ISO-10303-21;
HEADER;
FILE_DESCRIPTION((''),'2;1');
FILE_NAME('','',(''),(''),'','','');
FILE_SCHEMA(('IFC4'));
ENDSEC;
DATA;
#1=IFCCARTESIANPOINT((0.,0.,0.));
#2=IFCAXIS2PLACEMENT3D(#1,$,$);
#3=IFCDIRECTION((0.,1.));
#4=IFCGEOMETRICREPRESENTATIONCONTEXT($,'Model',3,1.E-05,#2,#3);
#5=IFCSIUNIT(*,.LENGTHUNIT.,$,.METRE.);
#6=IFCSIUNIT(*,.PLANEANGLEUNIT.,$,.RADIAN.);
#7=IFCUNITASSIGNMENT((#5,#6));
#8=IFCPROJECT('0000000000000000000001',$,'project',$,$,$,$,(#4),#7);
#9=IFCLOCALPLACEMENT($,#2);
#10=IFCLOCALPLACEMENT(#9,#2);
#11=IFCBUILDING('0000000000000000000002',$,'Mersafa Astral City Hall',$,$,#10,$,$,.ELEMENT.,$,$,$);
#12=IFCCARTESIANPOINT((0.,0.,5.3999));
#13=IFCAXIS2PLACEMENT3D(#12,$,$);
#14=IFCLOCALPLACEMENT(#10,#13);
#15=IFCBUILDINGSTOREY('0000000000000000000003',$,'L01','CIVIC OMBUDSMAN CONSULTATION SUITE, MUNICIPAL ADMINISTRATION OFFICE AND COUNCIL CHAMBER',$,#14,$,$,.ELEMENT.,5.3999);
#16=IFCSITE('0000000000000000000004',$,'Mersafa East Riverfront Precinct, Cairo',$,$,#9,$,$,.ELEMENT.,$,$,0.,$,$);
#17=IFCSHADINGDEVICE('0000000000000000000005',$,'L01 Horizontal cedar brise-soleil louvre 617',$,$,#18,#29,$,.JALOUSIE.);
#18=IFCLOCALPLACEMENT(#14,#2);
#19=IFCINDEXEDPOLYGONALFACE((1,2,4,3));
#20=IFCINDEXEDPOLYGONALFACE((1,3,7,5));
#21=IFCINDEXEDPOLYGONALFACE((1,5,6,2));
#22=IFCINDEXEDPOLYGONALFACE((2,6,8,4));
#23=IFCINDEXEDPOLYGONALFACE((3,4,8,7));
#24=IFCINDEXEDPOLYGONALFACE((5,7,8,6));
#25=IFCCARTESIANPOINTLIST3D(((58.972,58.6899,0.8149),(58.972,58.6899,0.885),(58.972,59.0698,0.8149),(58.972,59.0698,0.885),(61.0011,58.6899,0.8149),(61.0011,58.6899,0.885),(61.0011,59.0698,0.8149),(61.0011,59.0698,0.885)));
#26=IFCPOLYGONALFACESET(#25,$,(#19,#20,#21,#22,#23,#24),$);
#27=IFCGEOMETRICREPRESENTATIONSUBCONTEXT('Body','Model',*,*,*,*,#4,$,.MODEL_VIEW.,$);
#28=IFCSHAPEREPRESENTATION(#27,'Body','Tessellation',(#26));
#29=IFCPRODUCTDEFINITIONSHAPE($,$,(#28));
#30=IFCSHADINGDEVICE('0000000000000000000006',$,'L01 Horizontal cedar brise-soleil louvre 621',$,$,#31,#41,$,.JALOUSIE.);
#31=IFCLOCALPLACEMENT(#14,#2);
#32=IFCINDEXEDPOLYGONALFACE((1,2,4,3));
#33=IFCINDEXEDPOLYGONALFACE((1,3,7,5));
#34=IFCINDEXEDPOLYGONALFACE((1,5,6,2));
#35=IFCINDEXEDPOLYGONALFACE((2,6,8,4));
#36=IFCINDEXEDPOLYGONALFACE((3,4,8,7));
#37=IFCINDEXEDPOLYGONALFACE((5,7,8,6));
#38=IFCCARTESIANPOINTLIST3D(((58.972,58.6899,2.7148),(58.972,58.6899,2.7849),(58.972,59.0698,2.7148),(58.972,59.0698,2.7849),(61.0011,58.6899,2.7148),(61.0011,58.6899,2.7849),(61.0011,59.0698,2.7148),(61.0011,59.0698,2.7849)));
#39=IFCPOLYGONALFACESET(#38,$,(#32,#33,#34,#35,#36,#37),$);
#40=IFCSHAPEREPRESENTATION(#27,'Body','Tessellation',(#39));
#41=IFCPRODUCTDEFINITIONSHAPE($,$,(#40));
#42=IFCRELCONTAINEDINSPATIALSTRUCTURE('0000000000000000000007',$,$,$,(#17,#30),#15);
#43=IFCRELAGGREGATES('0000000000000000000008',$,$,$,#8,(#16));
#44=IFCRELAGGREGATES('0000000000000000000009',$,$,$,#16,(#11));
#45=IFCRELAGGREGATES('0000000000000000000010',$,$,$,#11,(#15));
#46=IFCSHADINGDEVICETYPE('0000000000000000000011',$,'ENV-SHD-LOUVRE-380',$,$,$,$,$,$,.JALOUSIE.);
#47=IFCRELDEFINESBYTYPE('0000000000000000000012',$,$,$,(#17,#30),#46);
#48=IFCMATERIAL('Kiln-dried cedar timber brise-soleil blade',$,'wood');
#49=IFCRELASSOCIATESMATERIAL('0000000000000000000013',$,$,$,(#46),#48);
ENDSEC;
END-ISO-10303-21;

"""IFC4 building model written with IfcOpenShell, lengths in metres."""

from ifc_helpers import new_model, si_unit, direction, frame, origin, origin_2d, place, context, subcontext, project, spatial, rectangle, extrude, material, type_object, element, save


model = new_model("IFC4")

# Units and contexts
model_context = context("Model", 3, precision=1e-05, world=origin(), true_north=direction((0.0, 1.0)))
body_context = subcontext(model_context, "Body", "Model", "MODEL_VIEW")
ifc_project = project(units=[si_unit("LENGTHUNIT", "METRE"), si_unit("PLANEANGLEUNIT", "RADIAN")], contexts=[model_context])

# Site, building, storey
site_placement = place(None, origin())
site = spatial("IfcSite", under=ifc_project, at=site_placement, Name="Mersafa East Riverfront Precinct, Cairo", CompositionType="ELEMENT", RefElevation=0.0)
building_placement = place(site_placement, origin())
building = spatial("IfcBuilding", under=site, at=building_placement, Name="Mersafa Astral City Hall", CompositionType="ELEMENT")
storey_placement = place(building_placement, frame((0.0, 0.0, 5.3999)))
storey = spatial("IfcBuildingStorey", under=building, at=storey_placement, Name="L01", Description="CIVIC OMBUDSMAN CONSULTATION SUITE, MUNICIPAL ADMINISTRATION OFFICE AND COUNCIL CHAMBER", CompositionType="ELEMENT", Elevation=5.3999)

# Shading devices
ifc_material_1 = material(Name="Kiln-dried cedar timber brise-soleil blade", Category="wood")
shading_device_type = type_object("IfcShadingDeviceType", Name="ENV-SHD-LOUVRE-380", PredefinedType="JALOUSIE", material=ifc_material_1)
for number, where, z_axis, x_axis, name in (
    (1, (59.9866, 58.8799, 0.8149), (0.0, 0.0, 1.0), (-1.0, 0.0, 0.0), "L01 Horizontal cedar brise-soleil louvre 617"),
    (2, (59.9866, 58.8799, 2.7148), (0.0, 0.0, 1.0), (-1.0, 0.0, 0.0), "L01 Horizontal cedar brise-soleil louvre 621"),
):
    element("IfcShadingDevice", number, at=place(storey_placement, frame(where, z_axis=z_axis, x_axis=x_axis)), inside=storey, type_object=shading_device_type, Name=name, PredefinedType="JALOUSIE", context=body_context, shape_type="SweptSolid", body=[
        extrude(rectangle(XDim=2.0291, YDim=0.3799, at=origin_2d()), origin(), (0.0, 0.0, 1.0), 0.0701),
    ])

save(model, "model.ifc")
